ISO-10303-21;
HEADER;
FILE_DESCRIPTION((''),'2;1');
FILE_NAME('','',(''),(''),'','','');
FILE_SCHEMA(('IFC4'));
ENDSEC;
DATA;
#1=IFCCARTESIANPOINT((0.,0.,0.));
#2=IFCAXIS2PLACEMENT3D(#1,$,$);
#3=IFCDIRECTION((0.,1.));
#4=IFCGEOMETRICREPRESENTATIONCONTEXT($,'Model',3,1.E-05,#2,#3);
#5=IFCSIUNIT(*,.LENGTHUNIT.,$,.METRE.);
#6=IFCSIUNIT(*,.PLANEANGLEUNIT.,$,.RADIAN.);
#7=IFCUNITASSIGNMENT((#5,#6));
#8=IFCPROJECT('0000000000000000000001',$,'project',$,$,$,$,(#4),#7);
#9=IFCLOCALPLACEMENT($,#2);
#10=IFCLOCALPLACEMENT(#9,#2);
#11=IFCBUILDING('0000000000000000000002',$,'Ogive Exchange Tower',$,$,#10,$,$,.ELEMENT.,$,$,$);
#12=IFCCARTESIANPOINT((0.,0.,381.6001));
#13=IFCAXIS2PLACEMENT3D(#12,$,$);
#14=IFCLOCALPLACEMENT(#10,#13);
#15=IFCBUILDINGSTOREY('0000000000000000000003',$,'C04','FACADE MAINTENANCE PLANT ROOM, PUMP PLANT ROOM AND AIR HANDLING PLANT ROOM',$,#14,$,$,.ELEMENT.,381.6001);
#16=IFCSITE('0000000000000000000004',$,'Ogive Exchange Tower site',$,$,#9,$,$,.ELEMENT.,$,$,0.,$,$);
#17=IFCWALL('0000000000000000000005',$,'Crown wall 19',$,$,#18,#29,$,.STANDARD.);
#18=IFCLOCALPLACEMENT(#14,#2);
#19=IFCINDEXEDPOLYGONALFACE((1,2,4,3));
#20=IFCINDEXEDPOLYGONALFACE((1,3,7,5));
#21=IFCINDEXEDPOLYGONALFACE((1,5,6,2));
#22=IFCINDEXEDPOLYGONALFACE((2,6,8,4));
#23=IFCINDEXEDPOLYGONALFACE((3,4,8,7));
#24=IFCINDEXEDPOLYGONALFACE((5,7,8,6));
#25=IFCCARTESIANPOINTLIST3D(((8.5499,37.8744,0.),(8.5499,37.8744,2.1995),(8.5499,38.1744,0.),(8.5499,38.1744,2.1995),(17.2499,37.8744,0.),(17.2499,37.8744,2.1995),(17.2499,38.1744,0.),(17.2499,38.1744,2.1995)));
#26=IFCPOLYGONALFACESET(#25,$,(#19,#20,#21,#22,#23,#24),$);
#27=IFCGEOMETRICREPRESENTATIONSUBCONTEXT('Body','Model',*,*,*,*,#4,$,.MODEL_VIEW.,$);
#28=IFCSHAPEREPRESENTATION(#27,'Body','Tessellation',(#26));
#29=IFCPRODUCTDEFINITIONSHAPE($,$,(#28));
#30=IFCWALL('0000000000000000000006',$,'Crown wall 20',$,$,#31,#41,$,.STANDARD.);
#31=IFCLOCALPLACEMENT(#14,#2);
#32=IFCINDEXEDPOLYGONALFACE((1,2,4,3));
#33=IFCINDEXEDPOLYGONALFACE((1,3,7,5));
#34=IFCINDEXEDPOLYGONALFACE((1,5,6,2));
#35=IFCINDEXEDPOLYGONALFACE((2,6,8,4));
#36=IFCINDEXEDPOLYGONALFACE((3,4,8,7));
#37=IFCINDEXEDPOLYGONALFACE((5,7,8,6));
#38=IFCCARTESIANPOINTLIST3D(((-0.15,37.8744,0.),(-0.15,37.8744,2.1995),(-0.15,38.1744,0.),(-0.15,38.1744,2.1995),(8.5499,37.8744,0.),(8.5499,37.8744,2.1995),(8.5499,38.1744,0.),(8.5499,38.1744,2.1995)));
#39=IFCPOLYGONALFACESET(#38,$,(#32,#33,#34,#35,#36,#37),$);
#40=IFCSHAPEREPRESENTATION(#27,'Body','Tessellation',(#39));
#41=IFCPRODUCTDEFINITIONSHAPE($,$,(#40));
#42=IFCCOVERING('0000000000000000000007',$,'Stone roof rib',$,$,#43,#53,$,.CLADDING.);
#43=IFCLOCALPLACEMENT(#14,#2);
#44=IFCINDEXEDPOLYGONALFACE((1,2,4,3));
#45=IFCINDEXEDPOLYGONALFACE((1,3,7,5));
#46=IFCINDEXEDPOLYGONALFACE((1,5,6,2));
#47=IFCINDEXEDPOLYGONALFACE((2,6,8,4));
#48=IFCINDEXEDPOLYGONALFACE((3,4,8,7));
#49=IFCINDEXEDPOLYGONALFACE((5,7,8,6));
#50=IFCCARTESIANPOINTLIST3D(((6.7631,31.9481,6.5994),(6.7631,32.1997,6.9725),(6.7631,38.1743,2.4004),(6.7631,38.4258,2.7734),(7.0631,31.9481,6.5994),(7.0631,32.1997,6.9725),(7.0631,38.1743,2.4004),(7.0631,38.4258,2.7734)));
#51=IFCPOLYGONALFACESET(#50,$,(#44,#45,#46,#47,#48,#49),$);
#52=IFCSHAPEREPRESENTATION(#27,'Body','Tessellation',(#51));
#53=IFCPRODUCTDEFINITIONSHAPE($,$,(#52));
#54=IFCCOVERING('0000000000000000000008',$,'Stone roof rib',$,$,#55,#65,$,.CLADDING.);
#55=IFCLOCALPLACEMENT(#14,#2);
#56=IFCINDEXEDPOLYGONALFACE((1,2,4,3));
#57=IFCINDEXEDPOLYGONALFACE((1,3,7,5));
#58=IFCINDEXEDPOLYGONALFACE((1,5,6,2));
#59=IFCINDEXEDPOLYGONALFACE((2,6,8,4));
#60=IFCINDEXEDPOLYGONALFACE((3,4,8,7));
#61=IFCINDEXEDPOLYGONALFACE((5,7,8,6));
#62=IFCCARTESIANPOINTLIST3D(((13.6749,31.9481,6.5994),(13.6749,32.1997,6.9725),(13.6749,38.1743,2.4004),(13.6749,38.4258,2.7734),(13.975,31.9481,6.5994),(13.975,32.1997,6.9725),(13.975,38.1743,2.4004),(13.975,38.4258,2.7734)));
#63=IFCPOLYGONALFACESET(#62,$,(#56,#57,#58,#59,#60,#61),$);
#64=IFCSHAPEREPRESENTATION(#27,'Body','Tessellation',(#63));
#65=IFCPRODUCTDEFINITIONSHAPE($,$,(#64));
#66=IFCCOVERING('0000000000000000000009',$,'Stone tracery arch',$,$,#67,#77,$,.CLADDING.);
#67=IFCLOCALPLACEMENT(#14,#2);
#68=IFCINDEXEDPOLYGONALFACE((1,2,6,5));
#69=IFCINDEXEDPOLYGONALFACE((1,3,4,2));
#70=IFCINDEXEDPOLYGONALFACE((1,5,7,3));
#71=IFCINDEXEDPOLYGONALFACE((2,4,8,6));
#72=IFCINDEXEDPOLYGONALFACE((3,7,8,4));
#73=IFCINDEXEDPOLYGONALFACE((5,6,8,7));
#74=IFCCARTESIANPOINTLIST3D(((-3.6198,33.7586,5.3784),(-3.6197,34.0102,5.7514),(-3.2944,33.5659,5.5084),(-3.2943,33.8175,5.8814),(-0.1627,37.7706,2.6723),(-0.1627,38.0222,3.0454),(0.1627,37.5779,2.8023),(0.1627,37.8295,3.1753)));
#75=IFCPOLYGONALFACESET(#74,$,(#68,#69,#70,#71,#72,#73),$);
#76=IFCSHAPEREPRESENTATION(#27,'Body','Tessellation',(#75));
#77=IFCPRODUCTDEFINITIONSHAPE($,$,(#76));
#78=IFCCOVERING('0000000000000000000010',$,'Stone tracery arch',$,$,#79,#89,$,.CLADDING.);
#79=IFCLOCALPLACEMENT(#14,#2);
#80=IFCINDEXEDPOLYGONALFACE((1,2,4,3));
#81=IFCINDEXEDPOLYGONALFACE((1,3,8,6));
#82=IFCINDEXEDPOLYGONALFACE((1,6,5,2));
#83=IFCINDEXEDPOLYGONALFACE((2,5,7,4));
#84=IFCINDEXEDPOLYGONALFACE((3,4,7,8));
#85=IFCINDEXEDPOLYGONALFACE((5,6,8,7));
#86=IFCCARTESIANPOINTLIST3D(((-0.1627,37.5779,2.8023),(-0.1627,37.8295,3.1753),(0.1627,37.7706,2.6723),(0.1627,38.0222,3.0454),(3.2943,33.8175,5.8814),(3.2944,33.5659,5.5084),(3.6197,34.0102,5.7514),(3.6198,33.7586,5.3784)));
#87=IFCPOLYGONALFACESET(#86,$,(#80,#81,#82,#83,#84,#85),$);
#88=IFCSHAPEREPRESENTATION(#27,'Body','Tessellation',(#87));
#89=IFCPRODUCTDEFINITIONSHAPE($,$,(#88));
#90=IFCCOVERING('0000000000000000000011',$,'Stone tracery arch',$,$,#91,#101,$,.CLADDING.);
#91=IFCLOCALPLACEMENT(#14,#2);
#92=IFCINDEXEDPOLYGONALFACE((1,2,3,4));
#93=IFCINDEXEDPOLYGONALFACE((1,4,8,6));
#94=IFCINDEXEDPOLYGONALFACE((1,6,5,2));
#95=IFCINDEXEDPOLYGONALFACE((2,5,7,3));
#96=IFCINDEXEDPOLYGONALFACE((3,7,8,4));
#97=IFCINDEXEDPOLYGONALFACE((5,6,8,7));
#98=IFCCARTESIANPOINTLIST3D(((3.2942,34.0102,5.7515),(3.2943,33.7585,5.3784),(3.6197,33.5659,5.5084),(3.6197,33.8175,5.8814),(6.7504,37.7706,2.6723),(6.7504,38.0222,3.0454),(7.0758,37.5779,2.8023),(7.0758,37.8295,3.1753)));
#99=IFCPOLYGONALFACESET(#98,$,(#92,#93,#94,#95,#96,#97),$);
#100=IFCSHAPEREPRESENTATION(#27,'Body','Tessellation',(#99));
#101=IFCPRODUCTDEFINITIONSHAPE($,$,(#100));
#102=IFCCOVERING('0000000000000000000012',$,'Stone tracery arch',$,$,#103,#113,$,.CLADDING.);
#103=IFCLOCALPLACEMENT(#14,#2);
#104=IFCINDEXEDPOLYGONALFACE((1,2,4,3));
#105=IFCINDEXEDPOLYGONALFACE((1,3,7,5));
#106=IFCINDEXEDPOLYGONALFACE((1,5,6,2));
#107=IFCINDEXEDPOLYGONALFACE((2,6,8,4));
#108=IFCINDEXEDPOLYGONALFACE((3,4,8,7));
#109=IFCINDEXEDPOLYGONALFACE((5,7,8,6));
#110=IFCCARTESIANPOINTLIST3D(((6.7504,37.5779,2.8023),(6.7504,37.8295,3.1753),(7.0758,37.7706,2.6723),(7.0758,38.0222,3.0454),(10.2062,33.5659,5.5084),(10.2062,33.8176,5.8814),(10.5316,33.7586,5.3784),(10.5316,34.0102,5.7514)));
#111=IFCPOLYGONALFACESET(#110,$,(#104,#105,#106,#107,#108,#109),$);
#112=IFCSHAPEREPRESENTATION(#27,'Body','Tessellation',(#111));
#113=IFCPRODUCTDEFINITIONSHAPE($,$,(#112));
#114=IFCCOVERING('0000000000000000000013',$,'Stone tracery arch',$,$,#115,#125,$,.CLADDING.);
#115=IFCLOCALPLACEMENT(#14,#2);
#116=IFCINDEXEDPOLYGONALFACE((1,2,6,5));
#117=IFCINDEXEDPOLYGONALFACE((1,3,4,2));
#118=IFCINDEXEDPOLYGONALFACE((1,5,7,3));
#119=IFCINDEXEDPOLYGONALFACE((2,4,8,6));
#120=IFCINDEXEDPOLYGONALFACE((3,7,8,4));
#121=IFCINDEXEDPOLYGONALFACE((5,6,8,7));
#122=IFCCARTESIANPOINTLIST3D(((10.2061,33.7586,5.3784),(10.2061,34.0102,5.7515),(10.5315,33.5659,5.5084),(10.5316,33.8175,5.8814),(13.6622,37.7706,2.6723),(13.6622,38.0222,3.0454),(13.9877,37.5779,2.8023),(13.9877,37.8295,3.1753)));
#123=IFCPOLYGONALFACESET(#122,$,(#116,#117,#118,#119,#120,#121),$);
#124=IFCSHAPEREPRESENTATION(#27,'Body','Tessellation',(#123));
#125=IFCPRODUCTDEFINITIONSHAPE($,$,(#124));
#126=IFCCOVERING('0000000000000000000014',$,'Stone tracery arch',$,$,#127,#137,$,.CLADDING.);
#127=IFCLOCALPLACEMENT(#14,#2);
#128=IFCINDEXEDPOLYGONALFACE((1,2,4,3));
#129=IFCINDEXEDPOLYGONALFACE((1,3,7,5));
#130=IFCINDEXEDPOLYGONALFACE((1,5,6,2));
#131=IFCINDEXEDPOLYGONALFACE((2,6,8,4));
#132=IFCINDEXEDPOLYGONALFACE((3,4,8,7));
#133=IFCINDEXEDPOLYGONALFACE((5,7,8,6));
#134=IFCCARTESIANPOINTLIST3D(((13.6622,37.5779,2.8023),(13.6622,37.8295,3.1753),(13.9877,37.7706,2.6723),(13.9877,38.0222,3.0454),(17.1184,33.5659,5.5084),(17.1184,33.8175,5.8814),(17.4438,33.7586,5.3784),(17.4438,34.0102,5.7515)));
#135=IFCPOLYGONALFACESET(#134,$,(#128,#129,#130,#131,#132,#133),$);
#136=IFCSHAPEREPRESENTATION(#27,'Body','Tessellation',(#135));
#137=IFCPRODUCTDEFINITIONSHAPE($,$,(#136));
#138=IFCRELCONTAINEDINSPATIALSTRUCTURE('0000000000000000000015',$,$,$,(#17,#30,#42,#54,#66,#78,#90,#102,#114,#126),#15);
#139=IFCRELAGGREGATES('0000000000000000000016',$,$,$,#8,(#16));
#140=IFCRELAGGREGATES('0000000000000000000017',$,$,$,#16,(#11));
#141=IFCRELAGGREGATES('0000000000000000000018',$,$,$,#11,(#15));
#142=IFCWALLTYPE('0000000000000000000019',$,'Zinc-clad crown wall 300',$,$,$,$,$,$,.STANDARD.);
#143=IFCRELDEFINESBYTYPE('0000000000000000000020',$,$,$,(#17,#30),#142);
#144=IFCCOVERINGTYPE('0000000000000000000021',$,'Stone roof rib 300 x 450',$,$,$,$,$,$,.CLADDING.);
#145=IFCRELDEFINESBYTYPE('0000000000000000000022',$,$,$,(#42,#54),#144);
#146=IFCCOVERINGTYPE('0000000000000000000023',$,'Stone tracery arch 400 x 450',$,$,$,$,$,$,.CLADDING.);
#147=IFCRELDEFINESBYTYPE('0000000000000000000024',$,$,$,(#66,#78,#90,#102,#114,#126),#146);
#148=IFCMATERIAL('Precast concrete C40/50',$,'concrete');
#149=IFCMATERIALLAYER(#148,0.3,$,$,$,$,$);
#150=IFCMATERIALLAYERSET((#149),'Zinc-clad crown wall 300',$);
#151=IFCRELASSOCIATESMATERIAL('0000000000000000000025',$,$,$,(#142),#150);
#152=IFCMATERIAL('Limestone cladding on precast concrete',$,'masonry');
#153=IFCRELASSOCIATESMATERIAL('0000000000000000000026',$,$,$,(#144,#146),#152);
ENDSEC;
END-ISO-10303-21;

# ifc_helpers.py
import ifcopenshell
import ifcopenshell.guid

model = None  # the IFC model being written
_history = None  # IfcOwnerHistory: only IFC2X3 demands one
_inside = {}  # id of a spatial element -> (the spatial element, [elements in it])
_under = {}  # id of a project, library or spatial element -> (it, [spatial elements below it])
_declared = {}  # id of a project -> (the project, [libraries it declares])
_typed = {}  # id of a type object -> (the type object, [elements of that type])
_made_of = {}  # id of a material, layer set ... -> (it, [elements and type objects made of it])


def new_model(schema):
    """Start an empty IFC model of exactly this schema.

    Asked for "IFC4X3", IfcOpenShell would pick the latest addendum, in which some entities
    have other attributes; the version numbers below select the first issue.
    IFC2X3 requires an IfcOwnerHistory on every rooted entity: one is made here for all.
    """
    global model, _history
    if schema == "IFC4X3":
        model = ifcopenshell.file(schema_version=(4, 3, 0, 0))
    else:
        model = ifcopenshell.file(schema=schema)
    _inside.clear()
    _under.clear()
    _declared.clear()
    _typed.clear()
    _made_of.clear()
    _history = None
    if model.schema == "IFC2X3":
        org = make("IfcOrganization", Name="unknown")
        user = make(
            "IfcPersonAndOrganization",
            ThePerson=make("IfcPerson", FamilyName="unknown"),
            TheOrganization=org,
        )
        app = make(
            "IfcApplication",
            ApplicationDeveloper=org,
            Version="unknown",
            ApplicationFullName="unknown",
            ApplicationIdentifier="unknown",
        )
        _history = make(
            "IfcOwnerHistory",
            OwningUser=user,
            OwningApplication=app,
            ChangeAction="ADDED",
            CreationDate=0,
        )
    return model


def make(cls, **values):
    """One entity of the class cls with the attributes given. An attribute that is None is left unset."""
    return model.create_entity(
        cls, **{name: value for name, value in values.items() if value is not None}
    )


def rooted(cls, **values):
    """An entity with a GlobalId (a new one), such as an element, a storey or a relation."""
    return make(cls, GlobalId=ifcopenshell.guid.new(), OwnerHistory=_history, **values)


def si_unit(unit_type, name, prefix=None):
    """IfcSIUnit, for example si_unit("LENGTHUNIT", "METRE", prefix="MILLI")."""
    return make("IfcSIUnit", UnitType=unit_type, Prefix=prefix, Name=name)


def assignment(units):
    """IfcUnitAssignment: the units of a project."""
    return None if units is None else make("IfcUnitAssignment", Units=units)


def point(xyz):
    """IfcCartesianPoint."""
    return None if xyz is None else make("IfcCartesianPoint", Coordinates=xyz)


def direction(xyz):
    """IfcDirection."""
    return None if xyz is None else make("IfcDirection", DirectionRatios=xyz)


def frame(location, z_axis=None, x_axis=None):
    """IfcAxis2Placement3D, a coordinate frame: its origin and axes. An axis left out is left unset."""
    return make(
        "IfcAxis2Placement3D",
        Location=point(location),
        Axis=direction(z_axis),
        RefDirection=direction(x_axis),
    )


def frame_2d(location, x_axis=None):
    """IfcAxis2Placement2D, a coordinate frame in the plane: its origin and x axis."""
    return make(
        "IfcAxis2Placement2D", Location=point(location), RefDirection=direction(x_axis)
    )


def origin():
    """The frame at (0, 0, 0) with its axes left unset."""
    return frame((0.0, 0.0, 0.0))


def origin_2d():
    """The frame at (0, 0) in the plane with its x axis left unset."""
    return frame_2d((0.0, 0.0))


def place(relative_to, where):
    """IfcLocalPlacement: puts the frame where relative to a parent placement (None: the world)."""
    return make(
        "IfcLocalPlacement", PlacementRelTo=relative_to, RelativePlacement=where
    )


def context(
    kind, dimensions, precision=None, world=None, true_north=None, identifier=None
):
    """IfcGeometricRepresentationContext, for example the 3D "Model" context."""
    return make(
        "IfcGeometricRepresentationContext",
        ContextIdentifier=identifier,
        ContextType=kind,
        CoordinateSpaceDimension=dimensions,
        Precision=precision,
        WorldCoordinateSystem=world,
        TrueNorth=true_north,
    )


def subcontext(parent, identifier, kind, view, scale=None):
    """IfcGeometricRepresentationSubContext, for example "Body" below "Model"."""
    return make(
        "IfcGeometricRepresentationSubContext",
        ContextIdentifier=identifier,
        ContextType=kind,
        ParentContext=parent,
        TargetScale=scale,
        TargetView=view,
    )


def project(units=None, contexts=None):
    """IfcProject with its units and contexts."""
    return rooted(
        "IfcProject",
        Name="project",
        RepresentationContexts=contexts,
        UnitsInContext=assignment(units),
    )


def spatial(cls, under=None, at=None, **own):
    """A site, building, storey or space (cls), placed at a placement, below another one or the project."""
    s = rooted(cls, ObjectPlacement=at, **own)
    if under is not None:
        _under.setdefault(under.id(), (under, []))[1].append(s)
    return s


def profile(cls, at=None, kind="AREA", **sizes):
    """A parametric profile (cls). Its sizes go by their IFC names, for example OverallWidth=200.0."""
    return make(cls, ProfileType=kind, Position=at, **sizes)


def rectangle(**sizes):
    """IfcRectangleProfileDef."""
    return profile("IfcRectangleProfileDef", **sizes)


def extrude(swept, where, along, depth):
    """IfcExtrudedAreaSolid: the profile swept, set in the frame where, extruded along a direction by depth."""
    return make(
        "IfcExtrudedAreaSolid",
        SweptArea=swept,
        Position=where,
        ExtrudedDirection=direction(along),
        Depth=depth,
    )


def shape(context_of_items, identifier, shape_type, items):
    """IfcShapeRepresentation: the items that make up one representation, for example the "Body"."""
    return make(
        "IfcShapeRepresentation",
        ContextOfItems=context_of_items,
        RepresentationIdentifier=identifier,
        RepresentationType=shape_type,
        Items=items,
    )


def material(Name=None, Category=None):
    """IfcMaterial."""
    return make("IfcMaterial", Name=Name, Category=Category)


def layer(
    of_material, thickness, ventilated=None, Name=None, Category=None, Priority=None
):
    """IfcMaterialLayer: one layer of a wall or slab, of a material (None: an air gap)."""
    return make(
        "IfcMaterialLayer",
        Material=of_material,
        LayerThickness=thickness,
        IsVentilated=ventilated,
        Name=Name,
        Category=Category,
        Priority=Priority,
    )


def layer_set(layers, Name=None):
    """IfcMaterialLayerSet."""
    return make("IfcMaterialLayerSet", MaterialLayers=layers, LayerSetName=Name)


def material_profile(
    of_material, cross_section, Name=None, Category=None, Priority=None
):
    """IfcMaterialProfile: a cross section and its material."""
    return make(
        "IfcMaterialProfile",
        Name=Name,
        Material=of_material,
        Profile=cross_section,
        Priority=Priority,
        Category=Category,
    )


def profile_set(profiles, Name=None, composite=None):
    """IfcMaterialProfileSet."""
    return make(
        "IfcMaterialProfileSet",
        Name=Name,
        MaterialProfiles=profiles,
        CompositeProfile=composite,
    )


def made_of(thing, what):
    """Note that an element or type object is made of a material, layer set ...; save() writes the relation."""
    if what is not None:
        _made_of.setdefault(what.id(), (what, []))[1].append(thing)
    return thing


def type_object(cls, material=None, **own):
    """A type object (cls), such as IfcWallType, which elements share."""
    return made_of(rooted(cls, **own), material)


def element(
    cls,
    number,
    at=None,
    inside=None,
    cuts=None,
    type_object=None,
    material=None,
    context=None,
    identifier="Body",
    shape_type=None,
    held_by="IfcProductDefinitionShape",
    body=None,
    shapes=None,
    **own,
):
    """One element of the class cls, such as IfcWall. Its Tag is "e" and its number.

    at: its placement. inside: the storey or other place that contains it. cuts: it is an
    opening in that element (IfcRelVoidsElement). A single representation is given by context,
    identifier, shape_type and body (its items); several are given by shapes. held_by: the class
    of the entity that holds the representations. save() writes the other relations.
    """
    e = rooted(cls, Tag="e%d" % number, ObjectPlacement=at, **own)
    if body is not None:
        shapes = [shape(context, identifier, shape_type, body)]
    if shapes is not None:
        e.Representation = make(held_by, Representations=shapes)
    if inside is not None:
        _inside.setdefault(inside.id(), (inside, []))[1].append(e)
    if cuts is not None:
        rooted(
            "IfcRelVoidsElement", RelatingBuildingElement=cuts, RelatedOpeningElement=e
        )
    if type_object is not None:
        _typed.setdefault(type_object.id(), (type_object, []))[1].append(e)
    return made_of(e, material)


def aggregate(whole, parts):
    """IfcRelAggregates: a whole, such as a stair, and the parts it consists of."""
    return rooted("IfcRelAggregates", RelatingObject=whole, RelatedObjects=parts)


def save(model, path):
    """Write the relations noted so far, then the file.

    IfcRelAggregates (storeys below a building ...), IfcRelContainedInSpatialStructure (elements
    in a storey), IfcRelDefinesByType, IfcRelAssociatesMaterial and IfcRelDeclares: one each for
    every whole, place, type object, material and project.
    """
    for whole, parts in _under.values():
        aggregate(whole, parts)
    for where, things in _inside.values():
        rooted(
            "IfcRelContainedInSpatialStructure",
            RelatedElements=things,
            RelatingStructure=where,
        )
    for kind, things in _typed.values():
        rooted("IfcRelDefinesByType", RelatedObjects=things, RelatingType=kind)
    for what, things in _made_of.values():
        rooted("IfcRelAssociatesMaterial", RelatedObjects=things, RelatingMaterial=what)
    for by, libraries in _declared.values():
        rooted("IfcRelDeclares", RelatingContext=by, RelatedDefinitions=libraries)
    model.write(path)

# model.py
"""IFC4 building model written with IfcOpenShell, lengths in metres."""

from ifc_helpers import new_model, si_unit, direction, frame, frame_2d, origin, origin_2d, place, context, subcontext, project, spatial, rectangle, extrude, material, layer, layer_set, material_profile, profile_set, type_object, element, save


model = new_model("IFC4")

# Units and contexts
model_context = context("Model", 3, precision=1e-05, world=origin(), true_north=direction((0.0, 1.0)))
body_context = subcontext(model_context, "Body", "Model", "MODEL_VIEW")
ifc_project = project(units=[si_unit("LENGTHUNIT", "METRE"), si_unit("PLANEANGLEUNIT", "RADIAN")], contexts=[model_context])

# Site, building, storey
site_placement = place(None, origin())
site = spatial("IfcSite", under=ifc_project, at=site_placement, Name="Ogive Exchange Tower site", CompositionType="ELEMENT", RefElevation=0.0)
building_placement = place(site_placement, origin())
building = spatial("IfcBuilding", under=site, at=building_placement, Name="Ogive Exchange Tower", CompositionType="ELEMENT")
storey_placement = place(building_placement, frame((0.0, 0.0, 381.6001)))
storey = spatial("IfcBuildingStorey", under=building, at=storey_placement, Name="C04", Description="FACADE MAINTENANCE PLANT ROOM, PUMP PLANT ROOM AND AIR HANDLING PLANT ROOM", CompositionType="ELEMENT", Elevation=381.6001)

# Walls
ifc_material_1 = material(Name="Precast concrete C40/50", Category="concrete")
ifc_layer_1 = layer(ifc_material_1, 0.3)
ifc_layer_set_1 = layer_set([ifc_layer_1], Name="Zinc-clad crown wall 300")
wall_type_1 = type_object("IfcWallType", Name="Zinc-clad crown wall 300", PredefinedType="STANDARD", material=ifc_layer_set_1)
for number, where, z_axis, x_axis, name in (
    (1, (17.25, 38.0244, 0.0), (0.0, 0.0, 1.0), (-1.0, 0.0, 0.0), "Crown wall 19"),
    (2, (8.55, 38.0244, 0.0), (0.0, 0.0, 1.0), (-1.0, 0.0, 0.0), "Crown wall 20"),
):
    element("IfcWall", number, at=place(storey_placement, frame(where, z_axis=z_axis, x_axis=x_axis)), inside=storey, type_object=wall_type_1, Name=name, PredefinedType="STANDARD", context=body_context, shape_type="SweptSolid", body=[
        extrude(rectangle(XDim=8.7, YDim=0.3, at=frame_2d((4.3501, 0.0))), origin(), (0.0, 0.0, 1.0), 2.1995),
    ])

# Coverings
ifc_material_2 = material(Name="Limestone cladding on precast concrete", Category="masonry")
ifc_material_profile_1 = material_profile(ifc_material_2, rectangle(XDim=0.3, YDim=0.45, at=origin_2d()), Name="RIB 300 x 450")
ifc_profile_set_1 = profile_set([ifc_material_profile_1], Name="Limestone cladding on precast concrete")
covering_type_1 = type_object("IfcCoveringType", Name="Stone roof rib 300 x 450", PredefinedType="CLADDING", material=ifc_profile_set_1)
for number, where, z_axis, x_axis, name in (
    (3, (6.9131, 38.3, 2.5869), (0.0, -0.829072, 0.559141), (1.0, 0.0, 0.0), "Stone roof rib"),
    (4, (13.825, 38.3, 2.5869), (0.0, -0.829072, 0.559141), (1.0, 0.0, 0.0), "Stone roof rib"),
):
    element("IfcCovering", number, at=place(storey_placement, frame(where, z_axis=z_axis, x_axis=x_axis)), inside=storey, type_object=covering_type_1, Name=name, PredefinedType="CLADDING", context=body_context, shape_type="SweptSolid", body=[
        extrude(rectangle(XDim=0.3, YDim=0.45, at=origin_2d()), origin(), (0.0, 0.0, 1.0), 7.5098),
    ])
ifc_material_profile_2 = material_profile(ifc_material_2, rectangle(XDim=0.3999, YDim=0.45, at=origin_2d()), Name="TRACERY 400 x 450")
ifc_profile_set_2 = profile_set([ifc_material_profile_2], Name="Limestone cladding on precast concrete")
covering_type_2 = type_object("IfcCoveringType", Name="Stone tracery arch 400 x 450", PredefinedType="CLADDING", material=ifc_profile_set_2)
for number, where, z_axis, x_axis, name in (
    (5, (0.0, 37.8, 2.9238), (-0.581283, -0.674593, 0.45501), (0.813701, -0.481926, 0.325019), "Stone tracery arch"),
    (6, (0.0, 37.8, 2.9238), (0.581283, -0.674593, 0.45501), (0.813701, 0.481926, -0.325019), "Stone tracery arch"),
):
    element("IfcCovering", number, at=place(storey_placement, frame(where, z_axis=z_axis, x_axis=x_axis)), inside=storey, type_object=covering_type_2, Name=name, PredefinedType="CLADDING", context=body_context, shape_type="SweptSolid", body=[
        extrude(rectangle(XDim=0.3999, YDim=0.45, at=origin_2d()), origin(), (0.0, 0.0, 1.0), 5.9473),
    ])
covering_1_placement = place(storey_placement, frame((6.9131, 37.8, 2.9238), z_axis=(-0.581175, -0.674657, 0.455054), x_axis=(0.813779, -0.481801, 0.325011)))
element("IfcCovering", 7, at=covering_1_placement, inside=storey, type_object=covering_type_2, Name="Stone tracery arch", PredefinedType="CLADDING", context=body_context, shape_type="SweptSolid", body=[
    extrude(rectangle(XDim=0.3999, YDim=0.45, at=origin_2d()), origin(), (0.0, 0.0, 1.0), 5.9468),
])
covering_2_placement = place(storey_placement, frame((6.9131, 37.8, 2.9238), z_axis=(0.581148, -0.674673, 0.455065), x_axis=(0.813798, 0.481789, -0.32498)))
element("IfcCovering", 8, at=covering_2_placement, inside=storey, type_object=covering_type_2, Name="Stone tracery arch", PredefinedType="CLADDING", context=body_context, shape_type="SweptSolid", body=[
    extrude(rectangle(XDim=0.3999, YDim=0.45, at=origin_2d()), origin(), (0.0, 0.0, 1.0), 5.9465),
])
for number, where, z_axis, x_axis, name in (
    (9, (13.825, 37.8, 2.9238), (-0.581175, -0.674657, 0.455054), (0.813779, -0.48182, 0.324982), "Stone tracery arch"),
    (10, (13.825, 37.8, 2.9238), (0.581175, -0.674657, 0.455054), (0.813779, 0.48182, -0.324982), "Stone tracery arch"),
):
    element("IfcCovering", number, at=place(storey_placement, frame(where, z_axis=z_axis, x_axis=x_axis)), inside=storey, type_object=covering_type_2, Name=name, PredefinedType="CLADDING", context=body_context, shape_type="SweptSolid", body=[
        extrude(rectangle(XDim=0.3999, YDim=0.45, at=origin_2d()), origin(), (0.0, 0.0, 1.0), 5.9468),
    ])

save(model, "model.ifc")
